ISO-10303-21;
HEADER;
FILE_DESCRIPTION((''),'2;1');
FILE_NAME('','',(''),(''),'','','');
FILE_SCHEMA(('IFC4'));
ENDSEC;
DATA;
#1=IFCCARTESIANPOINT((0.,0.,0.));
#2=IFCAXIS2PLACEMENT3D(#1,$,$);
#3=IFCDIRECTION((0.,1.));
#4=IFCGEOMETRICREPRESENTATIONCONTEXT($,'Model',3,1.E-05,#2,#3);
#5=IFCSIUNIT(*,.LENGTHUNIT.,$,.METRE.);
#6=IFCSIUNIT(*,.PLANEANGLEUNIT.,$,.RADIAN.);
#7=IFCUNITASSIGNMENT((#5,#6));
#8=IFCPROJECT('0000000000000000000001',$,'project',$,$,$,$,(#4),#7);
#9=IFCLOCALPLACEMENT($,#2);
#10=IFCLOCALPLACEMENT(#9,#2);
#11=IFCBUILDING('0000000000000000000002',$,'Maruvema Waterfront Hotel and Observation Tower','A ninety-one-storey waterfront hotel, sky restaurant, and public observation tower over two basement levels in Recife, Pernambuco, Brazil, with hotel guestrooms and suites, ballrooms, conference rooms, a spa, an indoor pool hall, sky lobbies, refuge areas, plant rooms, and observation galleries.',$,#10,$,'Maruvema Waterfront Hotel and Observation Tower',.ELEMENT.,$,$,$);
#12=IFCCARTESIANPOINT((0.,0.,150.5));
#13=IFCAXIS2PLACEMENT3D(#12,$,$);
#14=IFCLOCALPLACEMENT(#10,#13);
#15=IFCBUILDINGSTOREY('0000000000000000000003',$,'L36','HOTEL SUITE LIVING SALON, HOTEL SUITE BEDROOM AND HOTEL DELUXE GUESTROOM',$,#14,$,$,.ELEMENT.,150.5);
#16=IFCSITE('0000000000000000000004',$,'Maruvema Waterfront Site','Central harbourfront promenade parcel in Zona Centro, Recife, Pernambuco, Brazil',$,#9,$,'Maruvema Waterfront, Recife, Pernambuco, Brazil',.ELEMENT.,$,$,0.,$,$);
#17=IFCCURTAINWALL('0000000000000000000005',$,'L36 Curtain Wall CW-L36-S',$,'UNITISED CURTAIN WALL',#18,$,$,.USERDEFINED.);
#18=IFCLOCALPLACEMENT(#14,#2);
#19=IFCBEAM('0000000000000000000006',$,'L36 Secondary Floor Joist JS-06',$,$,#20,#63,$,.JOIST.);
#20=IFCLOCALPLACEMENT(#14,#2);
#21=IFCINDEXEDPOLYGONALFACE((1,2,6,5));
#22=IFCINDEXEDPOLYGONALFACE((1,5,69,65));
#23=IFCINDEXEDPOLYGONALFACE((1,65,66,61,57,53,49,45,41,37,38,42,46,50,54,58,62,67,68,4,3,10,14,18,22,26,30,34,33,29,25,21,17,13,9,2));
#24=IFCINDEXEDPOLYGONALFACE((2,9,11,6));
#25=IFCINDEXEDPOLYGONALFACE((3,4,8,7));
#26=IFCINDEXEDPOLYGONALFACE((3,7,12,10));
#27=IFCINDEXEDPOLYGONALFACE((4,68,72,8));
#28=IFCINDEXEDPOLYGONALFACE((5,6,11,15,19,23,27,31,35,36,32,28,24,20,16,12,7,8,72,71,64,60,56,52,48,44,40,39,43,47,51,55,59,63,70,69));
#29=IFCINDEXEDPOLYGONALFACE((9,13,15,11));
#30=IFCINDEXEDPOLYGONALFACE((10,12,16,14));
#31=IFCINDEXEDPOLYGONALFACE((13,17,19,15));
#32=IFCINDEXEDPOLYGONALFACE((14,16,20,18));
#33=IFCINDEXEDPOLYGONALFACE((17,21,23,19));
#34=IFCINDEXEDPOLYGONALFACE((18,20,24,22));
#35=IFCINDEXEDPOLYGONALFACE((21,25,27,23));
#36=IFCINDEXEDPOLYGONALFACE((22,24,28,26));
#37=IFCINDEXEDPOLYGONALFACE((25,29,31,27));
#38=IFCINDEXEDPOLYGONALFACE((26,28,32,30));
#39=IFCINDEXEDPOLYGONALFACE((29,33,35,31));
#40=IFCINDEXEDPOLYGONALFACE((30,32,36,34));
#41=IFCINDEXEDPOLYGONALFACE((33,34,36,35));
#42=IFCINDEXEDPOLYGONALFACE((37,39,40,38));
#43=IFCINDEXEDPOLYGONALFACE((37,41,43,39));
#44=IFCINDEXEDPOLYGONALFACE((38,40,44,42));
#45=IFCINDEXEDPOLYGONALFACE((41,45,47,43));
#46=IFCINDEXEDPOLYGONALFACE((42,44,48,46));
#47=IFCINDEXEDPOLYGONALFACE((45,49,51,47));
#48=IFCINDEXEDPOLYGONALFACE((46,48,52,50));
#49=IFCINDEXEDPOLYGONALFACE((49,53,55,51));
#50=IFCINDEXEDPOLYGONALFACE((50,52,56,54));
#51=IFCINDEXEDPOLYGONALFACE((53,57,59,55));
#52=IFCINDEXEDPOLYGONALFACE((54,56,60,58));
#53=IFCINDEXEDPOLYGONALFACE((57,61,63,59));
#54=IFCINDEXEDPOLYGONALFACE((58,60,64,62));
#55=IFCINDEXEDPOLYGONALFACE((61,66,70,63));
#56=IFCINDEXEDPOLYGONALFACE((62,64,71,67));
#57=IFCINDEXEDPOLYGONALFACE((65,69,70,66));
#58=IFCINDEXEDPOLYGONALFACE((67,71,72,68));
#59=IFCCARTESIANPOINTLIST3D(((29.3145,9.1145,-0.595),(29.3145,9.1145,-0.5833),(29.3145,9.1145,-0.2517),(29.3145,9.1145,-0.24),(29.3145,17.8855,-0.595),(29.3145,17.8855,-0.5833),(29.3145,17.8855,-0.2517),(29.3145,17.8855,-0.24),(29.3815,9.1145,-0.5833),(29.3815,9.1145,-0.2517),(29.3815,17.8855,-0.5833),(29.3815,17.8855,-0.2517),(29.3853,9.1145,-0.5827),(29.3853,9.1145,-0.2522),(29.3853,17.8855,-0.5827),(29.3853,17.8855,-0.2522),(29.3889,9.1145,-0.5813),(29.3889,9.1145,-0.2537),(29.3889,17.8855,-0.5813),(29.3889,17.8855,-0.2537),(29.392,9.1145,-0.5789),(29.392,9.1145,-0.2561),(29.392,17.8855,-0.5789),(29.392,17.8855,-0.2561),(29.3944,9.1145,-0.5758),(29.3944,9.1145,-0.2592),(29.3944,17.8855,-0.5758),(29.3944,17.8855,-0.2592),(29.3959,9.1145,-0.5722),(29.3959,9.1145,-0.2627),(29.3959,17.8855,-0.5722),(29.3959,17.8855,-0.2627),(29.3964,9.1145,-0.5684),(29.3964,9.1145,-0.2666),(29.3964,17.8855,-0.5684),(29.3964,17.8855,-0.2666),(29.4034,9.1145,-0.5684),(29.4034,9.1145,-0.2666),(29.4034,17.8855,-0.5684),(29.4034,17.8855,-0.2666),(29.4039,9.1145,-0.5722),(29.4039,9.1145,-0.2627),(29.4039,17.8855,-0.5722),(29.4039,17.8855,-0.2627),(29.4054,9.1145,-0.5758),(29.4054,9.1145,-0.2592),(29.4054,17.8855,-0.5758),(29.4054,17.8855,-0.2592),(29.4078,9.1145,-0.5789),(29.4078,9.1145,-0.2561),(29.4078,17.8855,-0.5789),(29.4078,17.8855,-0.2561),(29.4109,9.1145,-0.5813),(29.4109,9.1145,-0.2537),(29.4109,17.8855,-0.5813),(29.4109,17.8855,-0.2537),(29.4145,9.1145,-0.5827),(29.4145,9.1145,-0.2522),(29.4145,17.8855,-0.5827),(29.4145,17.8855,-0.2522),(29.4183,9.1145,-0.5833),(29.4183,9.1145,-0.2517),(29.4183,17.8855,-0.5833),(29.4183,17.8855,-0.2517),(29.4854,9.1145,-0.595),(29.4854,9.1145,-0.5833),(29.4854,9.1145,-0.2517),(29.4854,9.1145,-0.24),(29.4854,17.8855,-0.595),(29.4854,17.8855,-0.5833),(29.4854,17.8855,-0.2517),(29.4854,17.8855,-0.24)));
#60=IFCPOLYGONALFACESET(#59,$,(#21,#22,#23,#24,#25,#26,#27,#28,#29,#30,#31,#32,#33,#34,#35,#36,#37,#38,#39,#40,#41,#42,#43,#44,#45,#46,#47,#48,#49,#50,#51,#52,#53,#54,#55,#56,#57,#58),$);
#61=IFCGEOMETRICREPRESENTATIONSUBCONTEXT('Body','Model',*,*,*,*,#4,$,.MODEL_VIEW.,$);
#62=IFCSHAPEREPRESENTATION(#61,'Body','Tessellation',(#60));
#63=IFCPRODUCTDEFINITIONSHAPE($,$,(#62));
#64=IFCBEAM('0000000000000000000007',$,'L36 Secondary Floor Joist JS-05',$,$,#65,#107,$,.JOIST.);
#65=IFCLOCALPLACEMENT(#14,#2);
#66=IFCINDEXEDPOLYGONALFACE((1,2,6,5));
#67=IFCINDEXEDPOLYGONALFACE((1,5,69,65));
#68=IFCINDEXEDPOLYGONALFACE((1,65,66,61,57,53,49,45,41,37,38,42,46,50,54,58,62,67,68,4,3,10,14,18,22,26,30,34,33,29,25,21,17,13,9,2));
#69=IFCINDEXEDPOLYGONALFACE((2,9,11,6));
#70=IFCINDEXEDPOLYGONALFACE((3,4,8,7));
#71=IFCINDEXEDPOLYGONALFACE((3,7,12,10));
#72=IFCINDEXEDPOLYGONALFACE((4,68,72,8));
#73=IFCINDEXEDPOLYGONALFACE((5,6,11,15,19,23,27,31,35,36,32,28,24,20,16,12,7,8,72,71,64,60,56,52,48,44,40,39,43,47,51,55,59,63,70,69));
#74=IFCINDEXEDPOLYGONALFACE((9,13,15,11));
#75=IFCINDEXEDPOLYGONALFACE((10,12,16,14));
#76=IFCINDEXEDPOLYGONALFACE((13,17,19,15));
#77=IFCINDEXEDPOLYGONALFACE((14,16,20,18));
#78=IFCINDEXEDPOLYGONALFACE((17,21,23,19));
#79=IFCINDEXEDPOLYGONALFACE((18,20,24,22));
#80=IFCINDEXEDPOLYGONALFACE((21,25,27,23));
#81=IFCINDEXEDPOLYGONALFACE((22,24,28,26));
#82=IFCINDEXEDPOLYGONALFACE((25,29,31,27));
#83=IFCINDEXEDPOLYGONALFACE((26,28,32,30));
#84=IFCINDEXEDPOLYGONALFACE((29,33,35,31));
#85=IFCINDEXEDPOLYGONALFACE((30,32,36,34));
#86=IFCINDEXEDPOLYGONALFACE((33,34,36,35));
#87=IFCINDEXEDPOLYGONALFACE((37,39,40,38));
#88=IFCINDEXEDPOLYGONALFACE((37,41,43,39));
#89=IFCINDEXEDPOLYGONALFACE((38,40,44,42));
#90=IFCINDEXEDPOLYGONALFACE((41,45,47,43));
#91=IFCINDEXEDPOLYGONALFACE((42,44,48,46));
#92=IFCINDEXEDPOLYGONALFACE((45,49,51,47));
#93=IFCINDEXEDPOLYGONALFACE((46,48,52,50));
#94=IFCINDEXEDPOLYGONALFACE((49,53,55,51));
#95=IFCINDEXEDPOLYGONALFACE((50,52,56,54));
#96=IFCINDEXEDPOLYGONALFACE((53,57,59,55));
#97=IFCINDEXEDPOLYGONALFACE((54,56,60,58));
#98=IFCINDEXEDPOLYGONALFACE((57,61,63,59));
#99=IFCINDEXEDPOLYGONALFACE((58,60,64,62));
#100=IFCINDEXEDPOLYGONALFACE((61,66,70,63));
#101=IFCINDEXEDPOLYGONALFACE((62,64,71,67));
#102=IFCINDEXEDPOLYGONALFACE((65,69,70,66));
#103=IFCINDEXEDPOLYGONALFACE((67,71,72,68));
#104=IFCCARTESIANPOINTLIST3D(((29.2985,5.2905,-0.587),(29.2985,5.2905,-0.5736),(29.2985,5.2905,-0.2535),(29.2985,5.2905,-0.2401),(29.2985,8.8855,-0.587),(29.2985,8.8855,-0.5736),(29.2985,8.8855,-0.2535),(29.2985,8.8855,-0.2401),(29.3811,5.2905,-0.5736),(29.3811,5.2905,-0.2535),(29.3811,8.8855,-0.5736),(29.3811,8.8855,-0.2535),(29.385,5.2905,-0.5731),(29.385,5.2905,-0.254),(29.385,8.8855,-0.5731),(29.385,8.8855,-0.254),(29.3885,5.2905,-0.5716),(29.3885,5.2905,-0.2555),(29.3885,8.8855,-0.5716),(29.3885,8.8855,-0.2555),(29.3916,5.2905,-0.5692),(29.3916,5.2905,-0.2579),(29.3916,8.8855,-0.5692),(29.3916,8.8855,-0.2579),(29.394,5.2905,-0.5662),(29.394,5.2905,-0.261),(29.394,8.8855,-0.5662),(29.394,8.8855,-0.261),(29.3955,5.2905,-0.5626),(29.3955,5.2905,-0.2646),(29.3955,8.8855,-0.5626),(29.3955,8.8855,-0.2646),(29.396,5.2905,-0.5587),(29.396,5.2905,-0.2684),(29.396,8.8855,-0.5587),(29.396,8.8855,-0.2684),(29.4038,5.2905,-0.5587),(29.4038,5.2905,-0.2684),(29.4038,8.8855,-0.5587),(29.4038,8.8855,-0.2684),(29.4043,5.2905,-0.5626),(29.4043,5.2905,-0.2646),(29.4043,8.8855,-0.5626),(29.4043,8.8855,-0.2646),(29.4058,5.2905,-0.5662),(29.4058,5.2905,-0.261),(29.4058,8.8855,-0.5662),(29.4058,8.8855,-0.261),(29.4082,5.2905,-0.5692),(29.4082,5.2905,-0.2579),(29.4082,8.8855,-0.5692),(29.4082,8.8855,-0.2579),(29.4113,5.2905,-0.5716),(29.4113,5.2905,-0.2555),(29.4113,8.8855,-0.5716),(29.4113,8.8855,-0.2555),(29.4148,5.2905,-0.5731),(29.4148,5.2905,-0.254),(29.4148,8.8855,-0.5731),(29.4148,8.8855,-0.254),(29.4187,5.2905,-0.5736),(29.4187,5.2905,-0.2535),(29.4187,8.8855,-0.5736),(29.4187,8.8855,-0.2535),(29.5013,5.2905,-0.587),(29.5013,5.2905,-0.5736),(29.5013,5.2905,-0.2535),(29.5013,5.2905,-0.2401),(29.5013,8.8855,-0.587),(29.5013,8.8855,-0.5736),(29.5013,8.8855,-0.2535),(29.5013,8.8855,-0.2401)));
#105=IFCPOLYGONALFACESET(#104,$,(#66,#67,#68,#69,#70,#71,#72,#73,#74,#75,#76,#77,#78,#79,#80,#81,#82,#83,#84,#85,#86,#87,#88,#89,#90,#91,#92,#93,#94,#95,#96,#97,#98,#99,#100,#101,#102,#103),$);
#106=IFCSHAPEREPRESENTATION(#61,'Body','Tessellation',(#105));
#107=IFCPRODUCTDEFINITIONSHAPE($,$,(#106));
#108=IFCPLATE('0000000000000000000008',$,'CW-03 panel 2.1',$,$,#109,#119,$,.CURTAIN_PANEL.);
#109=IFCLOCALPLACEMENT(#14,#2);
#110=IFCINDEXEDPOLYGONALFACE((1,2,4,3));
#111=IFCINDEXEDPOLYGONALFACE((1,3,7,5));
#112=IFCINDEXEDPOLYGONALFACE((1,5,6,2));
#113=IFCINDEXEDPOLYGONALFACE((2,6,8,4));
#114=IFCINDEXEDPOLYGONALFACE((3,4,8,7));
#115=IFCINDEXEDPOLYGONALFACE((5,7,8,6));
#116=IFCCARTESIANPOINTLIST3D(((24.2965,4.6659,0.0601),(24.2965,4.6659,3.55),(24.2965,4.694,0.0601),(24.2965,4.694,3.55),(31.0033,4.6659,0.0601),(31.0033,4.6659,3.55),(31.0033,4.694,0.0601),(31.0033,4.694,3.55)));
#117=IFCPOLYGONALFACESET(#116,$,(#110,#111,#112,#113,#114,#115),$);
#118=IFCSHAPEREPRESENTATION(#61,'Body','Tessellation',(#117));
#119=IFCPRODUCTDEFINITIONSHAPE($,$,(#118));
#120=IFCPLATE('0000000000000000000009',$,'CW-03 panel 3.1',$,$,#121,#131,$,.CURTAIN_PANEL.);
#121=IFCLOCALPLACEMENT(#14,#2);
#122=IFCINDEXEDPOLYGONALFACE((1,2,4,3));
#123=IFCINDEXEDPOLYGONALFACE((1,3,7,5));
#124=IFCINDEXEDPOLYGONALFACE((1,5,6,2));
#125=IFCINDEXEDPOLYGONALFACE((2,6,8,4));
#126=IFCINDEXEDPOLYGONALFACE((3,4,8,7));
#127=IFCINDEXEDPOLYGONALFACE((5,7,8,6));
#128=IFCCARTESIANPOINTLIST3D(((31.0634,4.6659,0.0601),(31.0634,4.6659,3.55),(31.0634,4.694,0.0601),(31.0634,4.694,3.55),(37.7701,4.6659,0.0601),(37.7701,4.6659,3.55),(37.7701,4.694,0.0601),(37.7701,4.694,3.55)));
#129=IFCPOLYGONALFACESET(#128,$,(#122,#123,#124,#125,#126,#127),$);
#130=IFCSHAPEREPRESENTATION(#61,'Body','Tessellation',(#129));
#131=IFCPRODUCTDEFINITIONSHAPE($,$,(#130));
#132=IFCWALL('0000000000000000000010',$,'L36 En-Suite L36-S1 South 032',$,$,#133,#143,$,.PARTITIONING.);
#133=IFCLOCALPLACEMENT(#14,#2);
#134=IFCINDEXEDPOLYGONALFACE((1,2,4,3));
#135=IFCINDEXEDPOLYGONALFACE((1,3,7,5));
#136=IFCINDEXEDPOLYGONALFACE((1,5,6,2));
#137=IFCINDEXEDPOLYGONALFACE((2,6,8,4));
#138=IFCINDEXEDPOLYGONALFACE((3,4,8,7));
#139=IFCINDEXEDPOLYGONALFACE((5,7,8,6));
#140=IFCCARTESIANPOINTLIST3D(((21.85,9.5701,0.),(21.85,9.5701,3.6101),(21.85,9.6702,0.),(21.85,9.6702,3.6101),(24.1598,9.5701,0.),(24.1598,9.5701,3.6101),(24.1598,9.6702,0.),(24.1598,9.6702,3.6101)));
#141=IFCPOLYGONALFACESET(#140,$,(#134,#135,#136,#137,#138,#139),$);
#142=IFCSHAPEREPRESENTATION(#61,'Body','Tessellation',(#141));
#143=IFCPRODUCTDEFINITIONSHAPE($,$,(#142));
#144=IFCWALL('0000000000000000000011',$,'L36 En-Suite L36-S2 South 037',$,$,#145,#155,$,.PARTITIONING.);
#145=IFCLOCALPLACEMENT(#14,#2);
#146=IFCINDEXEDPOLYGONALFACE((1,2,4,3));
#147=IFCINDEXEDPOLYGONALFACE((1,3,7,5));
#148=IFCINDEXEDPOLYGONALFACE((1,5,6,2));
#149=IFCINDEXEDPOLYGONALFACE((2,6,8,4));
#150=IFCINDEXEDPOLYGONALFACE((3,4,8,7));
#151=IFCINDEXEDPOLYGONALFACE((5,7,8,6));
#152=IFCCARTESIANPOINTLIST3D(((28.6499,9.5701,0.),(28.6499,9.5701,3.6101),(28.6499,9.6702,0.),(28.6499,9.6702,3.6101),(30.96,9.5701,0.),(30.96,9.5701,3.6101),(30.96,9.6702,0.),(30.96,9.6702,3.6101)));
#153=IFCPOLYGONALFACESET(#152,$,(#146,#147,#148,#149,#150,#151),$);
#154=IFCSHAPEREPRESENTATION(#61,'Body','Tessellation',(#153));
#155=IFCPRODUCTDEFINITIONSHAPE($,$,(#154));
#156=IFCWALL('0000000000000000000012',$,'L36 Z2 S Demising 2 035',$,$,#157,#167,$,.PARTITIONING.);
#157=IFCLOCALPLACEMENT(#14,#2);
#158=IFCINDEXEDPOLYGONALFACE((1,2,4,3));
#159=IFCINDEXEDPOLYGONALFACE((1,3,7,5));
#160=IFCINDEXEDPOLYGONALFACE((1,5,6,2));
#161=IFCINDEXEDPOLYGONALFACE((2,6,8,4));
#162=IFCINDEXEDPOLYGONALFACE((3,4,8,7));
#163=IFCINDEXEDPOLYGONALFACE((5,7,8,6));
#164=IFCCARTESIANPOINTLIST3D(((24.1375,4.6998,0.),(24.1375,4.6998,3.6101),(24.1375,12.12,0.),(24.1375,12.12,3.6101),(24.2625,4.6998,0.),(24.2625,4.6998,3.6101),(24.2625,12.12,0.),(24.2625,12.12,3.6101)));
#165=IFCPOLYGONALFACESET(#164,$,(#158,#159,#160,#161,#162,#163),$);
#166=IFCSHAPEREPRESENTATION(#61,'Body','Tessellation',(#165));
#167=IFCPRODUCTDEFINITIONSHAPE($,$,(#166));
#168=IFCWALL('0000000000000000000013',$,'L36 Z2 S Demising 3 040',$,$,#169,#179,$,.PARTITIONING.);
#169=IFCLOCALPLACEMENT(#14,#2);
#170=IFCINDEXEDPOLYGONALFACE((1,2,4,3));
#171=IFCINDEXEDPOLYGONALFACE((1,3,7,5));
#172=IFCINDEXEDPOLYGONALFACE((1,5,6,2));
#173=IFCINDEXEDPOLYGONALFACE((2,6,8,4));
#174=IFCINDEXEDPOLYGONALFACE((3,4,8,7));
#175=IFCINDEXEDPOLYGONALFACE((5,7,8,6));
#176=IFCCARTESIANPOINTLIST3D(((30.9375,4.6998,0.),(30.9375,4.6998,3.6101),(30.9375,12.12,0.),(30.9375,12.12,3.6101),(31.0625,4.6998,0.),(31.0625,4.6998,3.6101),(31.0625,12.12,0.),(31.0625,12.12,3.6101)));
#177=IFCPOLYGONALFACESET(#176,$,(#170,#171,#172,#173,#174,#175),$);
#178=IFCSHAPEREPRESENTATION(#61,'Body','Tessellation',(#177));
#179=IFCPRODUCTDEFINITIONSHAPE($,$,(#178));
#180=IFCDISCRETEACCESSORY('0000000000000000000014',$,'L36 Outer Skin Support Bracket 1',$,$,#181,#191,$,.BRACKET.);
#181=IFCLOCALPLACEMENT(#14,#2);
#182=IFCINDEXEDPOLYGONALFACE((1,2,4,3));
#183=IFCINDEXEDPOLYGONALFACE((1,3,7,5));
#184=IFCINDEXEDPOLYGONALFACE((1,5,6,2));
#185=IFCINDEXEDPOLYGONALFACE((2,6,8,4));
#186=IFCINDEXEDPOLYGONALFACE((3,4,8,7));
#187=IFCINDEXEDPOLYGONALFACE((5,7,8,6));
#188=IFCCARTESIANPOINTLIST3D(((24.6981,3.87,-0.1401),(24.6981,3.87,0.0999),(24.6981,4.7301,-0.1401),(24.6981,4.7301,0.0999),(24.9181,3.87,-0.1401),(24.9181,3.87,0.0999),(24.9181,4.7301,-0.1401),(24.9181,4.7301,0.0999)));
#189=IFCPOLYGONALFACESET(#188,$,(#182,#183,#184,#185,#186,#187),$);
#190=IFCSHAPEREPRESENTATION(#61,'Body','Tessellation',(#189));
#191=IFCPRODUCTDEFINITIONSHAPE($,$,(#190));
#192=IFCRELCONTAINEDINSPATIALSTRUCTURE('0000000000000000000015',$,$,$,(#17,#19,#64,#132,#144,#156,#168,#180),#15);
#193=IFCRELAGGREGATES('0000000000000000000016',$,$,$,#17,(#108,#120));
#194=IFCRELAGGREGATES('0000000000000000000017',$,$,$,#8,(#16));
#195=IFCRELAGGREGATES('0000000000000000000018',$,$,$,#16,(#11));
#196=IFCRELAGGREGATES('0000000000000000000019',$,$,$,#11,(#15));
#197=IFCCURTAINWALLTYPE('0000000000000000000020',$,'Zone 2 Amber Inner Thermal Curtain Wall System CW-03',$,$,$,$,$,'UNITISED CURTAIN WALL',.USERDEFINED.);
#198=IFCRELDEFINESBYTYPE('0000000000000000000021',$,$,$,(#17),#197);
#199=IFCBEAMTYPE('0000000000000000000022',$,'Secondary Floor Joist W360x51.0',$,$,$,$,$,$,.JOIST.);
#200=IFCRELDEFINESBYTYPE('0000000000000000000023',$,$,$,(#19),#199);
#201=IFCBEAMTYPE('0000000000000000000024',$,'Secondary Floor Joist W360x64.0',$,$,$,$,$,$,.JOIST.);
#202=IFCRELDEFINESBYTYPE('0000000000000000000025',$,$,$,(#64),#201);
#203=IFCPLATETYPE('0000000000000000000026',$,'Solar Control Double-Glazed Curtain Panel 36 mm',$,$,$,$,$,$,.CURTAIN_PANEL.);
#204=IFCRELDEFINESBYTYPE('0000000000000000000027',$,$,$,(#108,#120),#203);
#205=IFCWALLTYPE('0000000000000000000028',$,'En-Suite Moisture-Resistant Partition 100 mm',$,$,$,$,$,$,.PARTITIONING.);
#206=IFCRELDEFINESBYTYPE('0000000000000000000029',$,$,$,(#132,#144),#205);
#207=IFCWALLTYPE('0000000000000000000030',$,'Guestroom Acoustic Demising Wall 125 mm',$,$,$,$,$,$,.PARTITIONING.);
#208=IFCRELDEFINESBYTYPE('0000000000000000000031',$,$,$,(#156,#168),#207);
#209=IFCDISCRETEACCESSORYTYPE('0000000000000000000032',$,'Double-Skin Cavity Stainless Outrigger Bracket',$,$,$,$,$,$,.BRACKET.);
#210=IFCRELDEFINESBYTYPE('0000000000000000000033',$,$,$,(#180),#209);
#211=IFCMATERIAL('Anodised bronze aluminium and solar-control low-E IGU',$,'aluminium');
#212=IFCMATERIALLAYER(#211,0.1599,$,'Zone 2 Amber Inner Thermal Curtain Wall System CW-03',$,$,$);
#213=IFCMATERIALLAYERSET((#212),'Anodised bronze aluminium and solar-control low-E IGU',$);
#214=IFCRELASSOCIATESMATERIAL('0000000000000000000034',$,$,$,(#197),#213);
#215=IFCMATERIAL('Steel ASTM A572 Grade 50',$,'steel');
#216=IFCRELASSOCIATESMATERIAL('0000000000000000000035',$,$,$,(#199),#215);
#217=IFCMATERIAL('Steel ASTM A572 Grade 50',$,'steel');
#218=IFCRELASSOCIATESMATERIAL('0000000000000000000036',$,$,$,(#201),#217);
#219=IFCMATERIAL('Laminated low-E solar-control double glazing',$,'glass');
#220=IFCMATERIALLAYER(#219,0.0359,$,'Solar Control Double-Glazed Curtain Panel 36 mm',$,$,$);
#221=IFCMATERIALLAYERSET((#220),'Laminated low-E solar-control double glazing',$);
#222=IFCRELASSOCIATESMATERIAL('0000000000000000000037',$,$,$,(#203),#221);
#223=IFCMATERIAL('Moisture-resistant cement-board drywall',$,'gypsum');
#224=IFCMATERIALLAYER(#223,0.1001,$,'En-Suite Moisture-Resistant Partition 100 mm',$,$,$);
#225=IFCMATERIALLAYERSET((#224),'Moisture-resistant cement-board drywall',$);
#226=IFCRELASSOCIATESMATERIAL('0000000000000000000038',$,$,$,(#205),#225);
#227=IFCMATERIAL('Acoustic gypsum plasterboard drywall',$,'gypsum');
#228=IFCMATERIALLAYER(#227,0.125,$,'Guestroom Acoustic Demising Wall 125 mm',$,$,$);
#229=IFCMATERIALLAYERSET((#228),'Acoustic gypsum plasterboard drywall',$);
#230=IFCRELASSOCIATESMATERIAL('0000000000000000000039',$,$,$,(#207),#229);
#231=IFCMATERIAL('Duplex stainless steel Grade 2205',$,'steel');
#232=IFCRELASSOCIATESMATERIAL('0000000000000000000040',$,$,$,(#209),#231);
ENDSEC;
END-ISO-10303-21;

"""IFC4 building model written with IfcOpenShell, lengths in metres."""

from ifc_helpers import new_model, si_unit, direction, frame, frame_2d, origin, origin_2d, place, context, subcontext, project, spatial, rectangle, i_section, extrude, material, layer, layer_set, material_profile, profile_set, type_object, element, aggregate, save


model = new_model("IFC4")

# Units and contexts
model_context = context("Model", 3, precision=1e-05, world=origin(), true_north=direction((0.0, 1.0)))
body_context = subcontext(model_context, "Body", "Model", "MODEL_VIEW")
ifc_project = project(units=[si_unit("LENGTHUNIT", "METRE"), si_unit("PLANEANGLEUNIT", "RADIAN")], contexts=[model_context])

# Site, building, storey
site_placement = place(None, origin())
site = spatial("IfcSite", under=ifc_project, at=site_placement, Name="Maruvema Waterfront Site", Description="Central harbourfront promenade parcel in Zona Centro, Recife, Pernambuco, Brazil", LongName="Maruvema Waterfront, Recife, Pernambuco, Brazil", CompositionType="ELEMENT", RefElevation=0.0)
building_placement = place(site_placement, origin())
building = spatial("IfcBuilding", under=site, at=building_placement, Name="Maruvema Waterfront Hotel and Observation Tower", Description="A ninety-one-storey waterfront hotel, sky restaurant, and public observation tower over two basement levels in Recife, Pernambuco, Brazil, with hotel guestrooms and suites, ballrooms, conference rooms, a spa, an indoor pool hall, sky lobbies, refuge areas, plant rooms, and observation galleries.", LongName="Maruvema Waterfront Hotel and Observation Tower", CompositionType="ELEMENT")
storey_placement = place(building_placement, frame((0.0, 0.0, 150.5)))
storey = spatial("IfcBuildingStorey", under=building, at=storey_placement, Name="L36", Description="HOTEL SUITE LIVING SALON, HOTEL SUITE BEDROOM AND HOTEL DELUXE GUESTROOM", CompositionType="ELEMENT", Elevation=150.5)

# Curtain wall
ifc_material_1 = material(Name="Anodised bronze aluminium and solar-control low-E IGU", Category="aluminium")
ifc_layer_1 = layer(ifc_material_1, 0.1599, Name="Zone 2 Amber Inner Thermal Curtain Wall System CW-03")
ifc_layer_set_1 = layer_set([ifc_layer_1], Name="Anodised bronze aluminium and solar-control low-E IGU")
curtain_wall_type = type_object("IfcCurtainWallType", Name="Zone 2 Amber Inner Thermal Curtain Wall System CW-03", ElementType="UNITISED CURTAIN WALL", PredefinedType="USERDEFINED", material=ifc_layer_set_1)
curtain_wall_placement = place(storey_placement, origin())
curtain_wall = element("IfcCurtainWall", 1, at=curtain_wall_placement, inside=storey, type_object=curtain_wall_type, Name="L36 Curtain Wall CW-L36-S", ObjectType="UNITISED CURTAIN WALL", PredefinedType="USERDEFINED")

# Beams
ifc_material_2 = material(Name="Steel ASTM A572 Grade 50", Category="steel")
ifc_material_profile_1 = material_profile(ifc_material_2, i_section(OverallWidth=0.1709, OverallDepth=0.355, WebThickness=0.0071, FlangeThickness=0.0117, FilletRadius=0.0149, at=origin_2d()), Name="W360x51.0")
ifc_profile_set_1 = profile_set([ifc_material_profile_1], Name="Steel ASTM A572 Grade 50")
beam_type_1 = type_object("IfcBeamType", Name="Secondary Floor Joist W360x51.0", PredefinedType="JOIST", material=ifc_profile_set_1)
beam_1_placement = place(storey_placement, frame((29.3999, 9.1145, -0.4175), z_axis=(0.0, 1.0, 0.0), x_axis=(-1.0, 0.0, 0.0)))
element("IfcBeam", 2, at=beam_1_placement, inside=storey, type_object=beam_type_1, Name="L36 Secondary Floor Joist JS-06", PredefinedType="JOIST", context=body_context, shape_type="SweptSolid", body=[
    extrude(i_section(OverallWidth=0.1709, OverallDepth=0.355, WebThickness=0.0071, FlangeThickness=0.0117, FilletRadius=0.0149, at=origin_2d()), origin(), (0.0, 0.0, 1.0), 8.771),
])
ifc_material_3 = material(Name="Steel ASTM A572 Grade 50", Category="steel")
ifc_material_profile_2 = material_profile(ifc_material_3, i_section(OverallWidth=0.2029, OverallDepth=0.3469, WebThickness=0.0078, FlangeThickness=0.0134, FilletRadius=0.0149, at=origin_2d()), Name="W360x64.0")
ifc_profile_set_2 = profile_set([ifc_material_profile_2], Name="Steel ASTM A572 Grade 50")
beam_type_2 = type_object("IfcBeamType", Name="Secondary Floor Joist W360x64.0", PredefinedType="JOIST", material=ifc_profile_set_2)
beam_2_placement = place(storey_placement, frame((29.3999, 5.2905, -0.4136), z_axis=(0.0, 1.0, 0.0), x_axis=(-1.0, 0.0, 0.0)))
element("IfcBeam", 3, at=beam_2_placement, inside=storey, type_object=beam_type_2, Name="L36 Secondary Floor Joist JS-05", PredefinedType="JOIST", context=body_context, shape_type="SweptSolid", body=[
    extrude(i_section(OverallWidth=0.2029, OverallDepth=0.3469, WebThickness=0.0078, FlangeThickness=0.0134, FilletRadius=0.0149, at=origin_2d()), origin(), (0.0, 0.0, 1.0), 3.595),
])

# Plates
ifc_material_4 = material(Name="Laminated low-E solar-control double glazing", Category="glass")
ifc_layer_2 = layer(ifc_material_4, 0.0359, Name="Solar Control Double-Glazed Curtain Panel 36 mm")
ifc_layer_set_2 = layer_set([ifc_layer_2], Name="Laminated low-E solar-control double glazing")
plate_type = type_object("IfcPlateType", Name="Solar Control Double-Glazed Curtain Panel 36 mm", PredefinedType="CURTAIN_PANEL", material=ifc_layer_set_2)
plate_1_placement = place(storey_placement, frame((27.6499, 4.6799, 0.0601), z_axis=(0.0, 0.0, 1.0), x_axis=(1.0, 0.0, 0.0)))
plate_1 = element("IfcPlate", 4, at=plate_1_placement, type_object=plate_type, Name="CW-03 panel 2.1", PredefinedType="CURTAIN_PANEL", context=body_context, shape_type="SweptSolid", body=[
    extrude(rectangle(XDim=6.7068, YDim=0.0281, at=origin_2d()), origin(), (0.0, 0.0, 1.0), 3.49),
])
plate_2_placement = place(storey_placement, frame((34.4167, 4.6799, 0.0601), z_axis=(0.0, 0.0, 1.0), x_axis=(1.0, 0.0, 0.0)))
plate_2 = element("IfcPlate", 5, at=plate_2_placement, type_object=plate_type, Name="CW-03 panel 3.1", PredefinedType="CURTAIN_PANEL", context=body_context, shape_type="SweptSolid", body=[
    extrude(rectangle(XDim=6.7068, YDim=0.0281, at=origin_2d()), origin(), (0.0, 0.0, 1.0), 3.49),
])
aggregate(curtain_wall, [plate_1, plate_2])

# Walls
ifc_material_5 = material(Name="Moisture-resistant cement-board drywall", Category="gypsum")
ifc_layer_3 = layer(ifc_material_5, 0.1001, Name="En-Suite Moisture-Resistant Partition 100 mm")
ifc_layer_set_3 = layer_set([ifc_layer_3], Name="Moisture-resistant cement-board drywall")
wall_type_1 = type_object("IfcWallType", Name="En-Suite Moisture-Resistant Partition 100 mm", PredefinedType="PARTITIONING", material=ifc_layer_set_3)
wall_1_placement = place(storey_placement, frame((21.8501, 9.6201, 0.0), z_axis=(0.0, 0.0, 1.0), x_axis=(1.0, 0.0, 0.0)))
element("IfcWall", 6, at=wall_1_placement, inside=storey, type_object=wall_type_1, Name="L36 En-Suite L36-S1 South 032", PredefinedType="PARTITIONING", context=body_context, shape_type="SweptSolid", body=[
    extrude(rectangle(XDim=2.3098, YDim=0.1001, at=frame_2d((1.1548, 0.0))), origin(), (0.0, 0.0, 1.0), 3.6101),
])
wall_2_placement = place(storey_placement, frame((28.6499, 9.6201, 0.0), z_axis=(0.0, 0.0, 1.0), x_axis=(1.0, 0.0, 0.0)))
element("IfcWall", 7, at=wall_2_placement, inside=storey, type_object=wall_type_1, Name="L36 En-Suite L36-S2 South 037", PredefinedType="PARTITIONING", context=body_context, shape_type="SweptSolid", body=[
    extrude(rectangle(XDim=2.3101, YDim=0.1001, at=frame_2d((1.155, 0.0))), origin(), (0.0, 0.0, 1.0), 3.6101),
])
ifc_material_6 = material(Name="Acoustic gypsum plasterboard drywall", Category="gypsum")
ifc_layer_4 = layer(ifc_material_6, 0.125, Name="Guestroom Acoustic Demising Wall 125 mm")
ifc_layer_set_4 = layer_set([ifc_layer_4], Name="Acoustic gypsum plasterboard drywall")
wall_type_2 = type_object("IfcWallType", Name="Guestroom Acoustic Demising Wall 125 mm", PredefinedType="PARTITIONING", material=ifc_layer_set_4)
for number, where, z_axis, x_axis, name in (
    (8, (24.2, 4.7, 0.0), (0.0, 0.0, 1.0), (0.0, 1.0, 0.0), "L36 Z2 S Demising 2 035"),
    (9, (31.0, 4.7, 0.0), (0.0, 0.0, 1.0), (0.0, 1.0, 0.0), "L36 Z2 S Demising 3 040"),
):
    element("IfcWall", number, at=place(storey_placement, frame(where, z_axis=z_axis, x_axis=x_axis)), inside=storey, type_object=wall_type_2, Name=name, PredefinedType="PARTITIONING", context=body_context, shape_type="SweptSolid", body=[
        extrude(rectangle(XDim=7.4202, YDim=0.125, at=frame_2d((3.71, 0.0))), origin(), (0.0, 0.0, 1.0), 3.6101),
    ])

# Discrete accessory
ifc_material_7 = material(Name="Duplex stainless steel Grade 2205", Category="steel")
discrete_accessory_type = type_object("IfcDiscreteAccessoryType", Name="Double-Skin Cavity Stainless Outrigger Bracket", PredefinedType="BRACKET", material=ifc_material_7)
discrete_accessory_placement = place(storey_placement, frame((24.8081, 4.3, -0.1401), z_axis=(0.0, 0.0, 1.0), x_axis=(1.0, 0.0, 0.0)))
element("IfcDiscreteAccessory", 10, at=discrete_accessory_placement, inside=storey, type_object=discrete_accessory_type, Name="L36 Outer Skin Support Bracket 1", PredefinedType="BRACKET", context=body_context, shape_type="SweptSolid", body=[
    extrude(rectangle(XDim=0.22, YDim=0.8601, at=origin_2d()), origin(), (0.0, 0.0, 1.0), 0.24),
])

save(model, "model.ifc")
